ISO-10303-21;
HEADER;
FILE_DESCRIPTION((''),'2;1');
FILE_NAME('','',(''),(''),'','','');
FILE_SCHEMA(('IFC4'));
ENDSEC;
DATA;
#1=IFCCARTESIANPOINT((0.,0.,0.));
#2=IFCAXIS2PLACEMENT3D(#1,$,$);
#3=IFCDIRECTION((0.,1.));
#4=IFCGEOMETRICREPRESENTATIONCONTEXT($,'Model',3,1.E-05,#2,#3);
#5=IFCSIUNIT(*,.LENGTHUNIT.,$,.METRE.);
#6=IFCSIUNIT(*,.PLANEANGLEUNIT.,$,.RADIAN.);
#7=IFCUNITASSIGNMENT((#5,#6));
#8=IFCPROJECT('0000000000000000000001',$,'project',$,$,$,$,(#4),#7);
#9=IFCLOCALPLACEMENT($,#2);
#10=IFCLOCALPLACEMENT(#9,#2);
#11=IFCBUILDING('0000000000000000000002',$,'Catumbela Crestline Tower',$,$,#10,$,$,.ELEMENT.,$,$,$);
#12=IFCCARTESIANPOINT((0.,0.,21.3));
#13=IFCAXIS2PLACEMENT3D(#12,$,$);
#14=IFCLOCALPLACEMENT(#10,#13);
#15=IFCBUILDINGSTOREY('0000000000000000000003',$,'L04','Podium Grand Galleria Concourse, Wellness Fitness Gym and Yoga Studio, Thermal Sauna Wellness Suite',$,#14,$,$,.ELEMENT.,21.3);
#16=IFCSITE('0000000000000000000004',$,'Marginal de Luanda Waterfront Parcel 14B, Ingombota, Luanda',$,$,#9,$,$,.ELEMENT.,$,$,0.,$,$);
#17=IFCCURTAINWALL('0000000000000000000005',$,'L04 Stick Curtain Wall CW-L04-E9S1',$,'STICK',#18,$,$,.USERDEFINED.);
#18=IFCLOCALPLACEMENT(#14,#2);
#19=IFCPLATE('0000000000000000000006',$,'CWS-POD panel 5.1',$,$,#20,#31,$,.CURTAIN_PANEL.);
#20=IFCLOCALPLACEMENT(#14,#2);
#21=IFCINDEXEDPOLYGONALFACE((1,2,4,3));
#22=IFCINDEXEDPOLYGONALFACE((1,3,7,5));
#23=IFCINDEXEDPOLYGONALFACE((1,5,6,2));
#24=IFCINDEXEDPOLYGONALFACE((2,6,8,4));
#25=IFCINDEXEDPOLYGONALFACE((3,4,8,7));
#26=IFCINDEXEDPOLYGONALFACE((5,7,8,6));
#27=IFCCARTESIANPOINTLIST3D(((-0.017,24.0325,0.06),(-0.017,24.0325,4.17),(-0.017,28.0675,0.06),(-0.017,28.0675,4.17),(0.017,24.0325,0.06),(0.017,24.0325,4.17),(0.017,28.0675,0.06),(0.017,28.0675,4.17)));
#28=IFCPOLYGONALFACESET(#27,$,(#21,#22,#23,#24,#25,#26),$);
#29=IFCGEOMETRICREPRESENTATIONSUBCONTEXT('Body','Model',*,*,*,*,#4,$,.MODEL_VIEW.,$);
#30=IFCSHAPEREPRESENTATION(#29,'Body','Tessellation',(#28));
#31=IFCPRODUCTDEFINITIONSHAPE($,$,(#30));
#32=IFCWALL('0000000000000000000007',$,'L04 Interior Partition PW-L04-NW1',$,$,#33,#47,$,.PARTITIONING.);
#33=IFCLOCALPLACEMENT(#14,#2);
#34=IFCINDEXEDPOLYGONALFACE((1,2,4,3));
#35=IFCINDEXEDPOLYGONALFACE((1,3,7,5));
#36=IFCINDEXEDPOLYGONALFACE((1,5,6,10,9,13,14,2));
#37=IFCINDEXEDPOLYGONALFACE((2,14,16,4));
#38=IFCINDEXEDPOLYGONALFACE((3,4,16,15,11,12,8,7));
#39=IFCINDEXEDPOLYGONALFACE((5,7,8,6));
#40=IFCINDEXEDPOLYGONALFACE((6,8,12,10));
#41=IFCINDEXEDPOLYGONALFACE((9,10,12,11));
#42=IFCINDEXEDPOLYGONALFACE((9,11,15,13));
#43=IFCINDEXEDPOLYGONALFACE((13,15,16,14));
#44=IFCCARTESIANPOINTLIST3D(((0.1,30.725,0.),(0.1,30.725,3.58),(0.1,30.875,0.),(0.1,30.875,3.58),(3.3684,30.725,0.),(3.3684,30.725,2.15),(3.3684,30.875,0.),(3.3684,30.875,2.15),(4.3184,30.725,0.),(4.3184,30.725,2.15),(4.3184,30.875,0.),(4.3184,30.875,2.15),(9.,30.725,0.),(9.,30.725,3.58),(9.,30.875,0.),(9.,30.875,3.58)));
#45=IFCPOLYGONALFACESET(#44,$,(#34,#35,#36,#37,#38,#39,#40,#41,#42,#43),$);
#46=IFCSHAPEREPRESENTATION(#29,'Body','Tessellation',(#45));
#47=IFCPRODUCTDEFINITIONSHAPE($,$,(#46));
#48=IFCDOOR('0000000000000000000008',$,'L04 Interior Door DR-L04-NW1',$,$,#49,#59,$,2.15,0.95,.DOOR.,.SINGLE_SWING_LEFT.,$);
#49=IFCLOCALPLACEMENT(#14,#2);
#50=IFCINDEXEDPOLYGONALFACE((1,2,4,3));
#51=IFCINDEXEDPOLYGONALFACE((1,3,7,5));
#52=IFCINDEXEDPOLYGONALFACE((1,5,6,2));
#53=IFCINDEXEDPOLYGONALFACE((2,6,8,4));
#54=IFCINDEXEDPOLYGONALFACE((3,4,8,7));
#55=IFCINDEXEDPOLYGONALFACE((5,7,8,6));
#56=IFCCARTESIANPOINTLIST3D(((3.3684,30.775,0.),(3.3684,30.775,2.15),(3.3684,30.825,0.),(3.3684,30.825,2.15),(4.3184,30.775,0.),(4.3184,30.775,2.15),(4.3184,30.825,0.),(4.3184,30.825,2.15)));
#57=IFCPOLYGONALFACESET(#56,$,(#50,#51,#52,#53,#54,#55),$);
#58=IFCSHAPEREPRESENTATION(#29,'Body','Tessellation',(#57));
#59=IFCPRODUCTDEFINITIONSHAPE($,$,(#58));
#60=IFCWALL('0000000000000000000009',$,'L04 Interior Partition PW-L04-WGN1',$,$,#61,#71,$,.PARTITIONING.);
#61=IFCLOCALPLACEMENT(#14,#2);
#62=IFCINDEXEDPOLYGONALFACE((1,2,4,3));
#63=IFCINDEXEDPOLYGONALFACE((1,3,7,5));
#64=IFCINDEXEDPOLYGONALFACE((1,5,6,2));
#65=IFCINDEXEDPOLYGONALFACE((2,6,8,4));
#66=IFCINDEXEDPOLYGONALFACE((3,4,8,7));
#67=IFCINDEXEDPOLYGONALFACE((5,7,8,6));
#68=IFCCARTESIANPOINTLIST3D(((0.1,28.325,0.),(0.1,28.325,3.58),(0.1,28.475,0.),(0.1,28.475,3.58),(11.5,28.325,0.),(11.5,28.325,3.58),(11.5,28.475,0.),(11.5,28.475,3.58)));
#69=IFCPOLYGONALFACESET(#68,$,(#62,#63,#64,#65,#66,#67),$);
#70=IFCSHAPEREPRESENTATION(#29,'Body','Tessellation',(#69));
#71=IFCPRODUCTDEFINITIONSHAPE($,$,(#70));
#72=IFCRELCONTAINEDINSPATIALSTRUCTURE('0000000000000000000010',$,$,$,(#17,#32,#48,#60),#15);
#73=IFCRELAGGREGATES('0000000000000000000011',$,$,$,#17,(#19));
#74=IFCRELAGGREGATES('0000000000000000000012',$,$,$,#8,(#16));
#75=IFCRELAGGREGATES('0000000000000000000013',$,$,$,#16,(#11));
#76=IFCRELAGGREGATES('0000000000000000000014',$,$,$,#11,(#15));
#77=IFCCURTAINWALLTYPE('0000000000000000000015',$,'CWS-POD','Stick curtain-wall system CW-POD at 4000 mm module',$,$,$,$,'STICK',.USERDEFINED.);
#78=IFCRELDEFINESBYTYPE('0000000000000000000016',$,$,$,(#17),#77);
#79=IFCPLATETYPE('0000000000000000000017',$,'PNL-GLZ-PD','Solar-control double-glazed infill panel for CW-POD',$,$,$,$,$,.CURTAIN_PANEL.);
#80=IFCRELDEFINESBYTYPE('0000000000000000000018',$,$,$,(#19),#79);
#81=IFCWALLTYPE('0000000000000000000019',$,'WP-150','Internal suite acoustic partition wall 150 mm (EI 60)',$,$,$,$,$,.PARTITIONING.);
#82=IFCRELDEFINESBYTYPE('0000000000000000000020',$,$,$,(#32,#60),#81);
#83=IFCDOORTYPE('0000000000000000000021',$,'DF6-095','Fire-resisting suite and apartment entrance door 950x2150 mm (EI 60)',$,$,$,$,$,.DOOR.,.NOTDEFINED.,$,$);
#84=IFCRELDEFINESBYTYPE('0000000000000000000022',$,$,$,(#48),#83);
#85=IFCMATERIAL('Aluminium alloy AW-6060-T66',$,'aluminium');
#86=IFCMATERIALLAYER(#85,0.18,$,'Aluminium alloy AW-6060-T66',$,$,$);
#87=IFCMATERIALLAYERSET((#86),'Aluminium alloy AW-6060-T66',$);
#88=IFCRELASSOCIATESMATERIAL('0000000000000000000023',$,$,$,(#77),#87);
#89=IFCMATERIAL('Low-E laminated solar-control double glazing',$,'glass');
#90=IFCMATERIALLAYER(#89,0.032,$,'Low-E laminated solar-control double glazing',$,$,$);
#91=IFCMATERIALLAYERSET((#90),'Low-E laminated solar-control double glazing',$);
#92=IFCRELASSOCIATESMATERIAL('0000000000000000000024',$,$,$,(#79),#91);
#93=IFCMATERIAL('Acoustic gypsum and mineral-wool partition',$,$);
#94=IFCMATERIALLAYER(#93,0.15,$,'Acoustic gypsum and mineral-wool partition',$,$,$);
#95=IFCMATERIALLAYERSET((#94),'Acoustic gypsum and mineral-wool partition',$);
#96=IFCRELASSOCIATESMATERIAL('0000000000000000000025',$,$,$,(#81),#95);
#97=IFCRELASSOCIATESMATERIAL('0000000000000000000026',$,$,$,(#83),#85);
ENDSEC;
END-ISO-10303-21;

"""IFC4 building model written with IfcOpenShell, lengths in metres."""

from ifc_helpers import new_model, si_unit, direction, frame, frame_2d, origin, origin_2d, place, context, subcontext, project, spatial, rectangle, extrude, material, layer, layer_set, type_object, element, fill, aggregate, save


model = new_model("IFC4")

# Units and contexts
model_context = context("Model", 3, precision=1e-05, world=origin(), true_north=direction((0.0, 1.0)))
body_context = subcontext(model_context, "Body", "Model", "MODEL_VIEW")
ifc_project = project(units=[si_unit("LENGTHUNIT", "METRE"), si_unit("PLANEANGLEUNIT", "RADIAN")], contexts=[model_context])

# Site, building, storey
site_placement = place(None, origin())
site = spatial("IfcSite", under=ifc_project, at=site_placement, Name="Marginal de Luanda Waterfront Parcel 14B, Ingombota, Luanda", CompositionType="ELEMENT", RefElevation=0.0)
building_placement = place(site_placement, origin())
building = spatial("IfcBuilding", under=site, at=building_placement, Name="Catumbela Crestline Tower", CompositionType="ELEMENT")
storey_placement = place(building_placement, frame((0.0, 0.0, 21.3)))
storey = spatial("IfcBuildingStorey", under=building, at=storey_placement, Name="L04", Description="Podium Grand Galleria Concourse, Wellness Fitness Gym and Yoga Studio, Thermal Sauna Wellness Suite", CompositionType="ELEMENT", Elevation=21.3)

# Curtain wall
ifc_material_1 = material(Name="Aluminium alloy AW-6060-T66", Category="aluminium")
ifc_layer_1 = layer(ifc_material_1, 0.18, Name="Aluminium alloy AW-6060-T66")
ifc_layer_set_1 = layer_set([ifc_layer_1], Name="Aluminium alloy AW-6060-T66")
curtain_wall_type = type_object("IfcCurtainWallType", Name="CWS-POD", Description="Stick curtain-wall system CW-POD at 4000 mm module", ElementType="STICK", PredefinedType="USERDEFINED", material=ifc_layer_set_1)
curtain_wall_placement = place(storey_placement, origin())
curtain_wall = element("IfcCurtainWall", 1, at=curtain_wall_placement, inside=storey, type_object=curtain_wall_type, Name="L04 Stick Curtain Wall CW-L04-E9S1", ObjectType="STICK", PredefinedType="USERDEFINED")

# Plate
ifc_material_2 = material(Name="Low-E laminated solar-control double glazing", Category="glass")
ifc_layer_2 = layer(ifc_material_2, 0.032, Name="Low-E laminated solar-control double glazing")
ifc_layer_set_2 = layer_set([ifc_layer_2], Name="Low-E laminated solar-control double glazing")
plate_type = type_object("IfcPlateType", Name="PNL-GLZ-PD", Description="Solar-control double-glazed infill panel for CW-POD", PredefinedType="CURTAIN_PANEL", material=ifc_layer_set_2)
plate_1_placement = place(storey_placement, frame((0.0, 26.05, 0.06), z_axis=(0.0, 0.0, 1.0), x_axis=(0.0, -1.0, 0.0)))
plate_1 = element("IfcPlate", 2, at=plate_1_placement, type_object=plate_type, Name="CWS-POD panel 5.1", PredefinedType="CURTAIN_PANEL", context=body_context, shape_type="SweptSolid", body=[
    extrude(rectangle(XDim=4.035, YDim=0.034, at=origin_2d()), origin(), (0.0, 0.0, 1.0), 4.11),
])
aggregate(curtain_wall, [plate_1])

# Wall, opening, door
ifc_material_3 = material(Name="Acoustic gypsum and mineral-wool partition")
ifc_layer_3 = layer(ifc_material_3, 0.15, Name="Acoustic gypsum and mineral-wool partition")
ifc_layer_set_3 = layer_set([ifc_layer_3], Name="Acoustic gypsum and mineral-wool partition")
wall_type = type_object("IfcWallType", Name="WP-150", Description="Internal suite acoustic partition wall 150 mm (EI 60)", PredefinedType="PARTITIONING", material=ifc_layer_set_3)
wall_1_placement = place(storey_placement, frame((0.1, 30.8, 0.0), z_axis=(0.0, 0.0, 1.0), x_axis=(1.0, 0.0, 0.0)))
wall_1 = element("IfcWall", 3, at=wall_1_placement, inside=storey, type_object=wall_type, Name="L04 Interior Partition PW-L04-NW1", PredefinedType="PARTITIONING", context=body_context, shape_type="SweptSolid", body=[
    extrude(rectangle(XDim=8.9, YDim=0.15, at=frame_2d((4.45, 0.0))), origin(), (0.0, 0.0, 1.0), 3.58),
])
opening_placement = place(wall_1_placement, frame((3.2684, 0.0, 0.0)))
opening = element("IfcOpeningElement", 4, at=opening_placement, cuts=wall_1, PredefinedType="OPENING", context=body_context, shape_type="SweptSolid", body=[
    extrude(rectangle(XDim=0.95, YDim=2.15, at=frame_2d((0.475, 1.075))), frame((0.0, 0.085, 0.0), z_axis=(0.0, -1.0, 0.0), x_axis=(1.0, 0.0, 0.0)), (0.0, 0.0, 1.0), 0.17),
])
door_type = type_object("IfcDoorType", Name="DF6-095", Description="Fire-resisting suite and apartment entrance door 950x2150 mm (EI 60)", OperationType="NOTDEFINED", PredefinedType="DOOR", material=ifc_material_1)
door_placement = place(opening_placement, origin())
door = element("IfcDoor", 5, at=door_placement, inside=storey, type_object=door_type, Name="L04 Interior Door DR-L04-NW1", OperationType="SINGLE_SWING_LEFT", OverallHeight=2.15, OverallWidth=0.95, PredefinedType="DOOR", context=body_context, shape_type="SweptSolid", body=[
    extrude(rectangle(XDim=0.95, YDim=2.15, at=frame_2d((0.475, 1.075))), frame((0.0, 0.025, 0.0), z_axis=(0.0, -1.0, 0.0), x_axis=(1.0, 0.0, 0.0)), (0.0, 0.0, 1.0), 0.05),
])
fill(opening, door)

# Wall
wall_2_placement = place(storey_placement, frame((0.1, 28.4, 0.0), z_axis=(0.0, 0.0, 1.0), x_axis=(1.0, 0.0, 0.0)))
element("IfcWall", 6, at=wall_2_placement, inside=storey, type_object=wall_type, Name="L04 Interior Partition PW-L04-WGN1", PredefinedType="PARTITIONING", context=body_context, shape_type="SweptSolid", body=[
    extrude(rectangle(XDim=11.4, YDim=0.15, at=frame_2d((5.7, 0.0))), origin(), (0.0, 0.0, 1.0), 3.58),
])

save(model, "model.ifc")
